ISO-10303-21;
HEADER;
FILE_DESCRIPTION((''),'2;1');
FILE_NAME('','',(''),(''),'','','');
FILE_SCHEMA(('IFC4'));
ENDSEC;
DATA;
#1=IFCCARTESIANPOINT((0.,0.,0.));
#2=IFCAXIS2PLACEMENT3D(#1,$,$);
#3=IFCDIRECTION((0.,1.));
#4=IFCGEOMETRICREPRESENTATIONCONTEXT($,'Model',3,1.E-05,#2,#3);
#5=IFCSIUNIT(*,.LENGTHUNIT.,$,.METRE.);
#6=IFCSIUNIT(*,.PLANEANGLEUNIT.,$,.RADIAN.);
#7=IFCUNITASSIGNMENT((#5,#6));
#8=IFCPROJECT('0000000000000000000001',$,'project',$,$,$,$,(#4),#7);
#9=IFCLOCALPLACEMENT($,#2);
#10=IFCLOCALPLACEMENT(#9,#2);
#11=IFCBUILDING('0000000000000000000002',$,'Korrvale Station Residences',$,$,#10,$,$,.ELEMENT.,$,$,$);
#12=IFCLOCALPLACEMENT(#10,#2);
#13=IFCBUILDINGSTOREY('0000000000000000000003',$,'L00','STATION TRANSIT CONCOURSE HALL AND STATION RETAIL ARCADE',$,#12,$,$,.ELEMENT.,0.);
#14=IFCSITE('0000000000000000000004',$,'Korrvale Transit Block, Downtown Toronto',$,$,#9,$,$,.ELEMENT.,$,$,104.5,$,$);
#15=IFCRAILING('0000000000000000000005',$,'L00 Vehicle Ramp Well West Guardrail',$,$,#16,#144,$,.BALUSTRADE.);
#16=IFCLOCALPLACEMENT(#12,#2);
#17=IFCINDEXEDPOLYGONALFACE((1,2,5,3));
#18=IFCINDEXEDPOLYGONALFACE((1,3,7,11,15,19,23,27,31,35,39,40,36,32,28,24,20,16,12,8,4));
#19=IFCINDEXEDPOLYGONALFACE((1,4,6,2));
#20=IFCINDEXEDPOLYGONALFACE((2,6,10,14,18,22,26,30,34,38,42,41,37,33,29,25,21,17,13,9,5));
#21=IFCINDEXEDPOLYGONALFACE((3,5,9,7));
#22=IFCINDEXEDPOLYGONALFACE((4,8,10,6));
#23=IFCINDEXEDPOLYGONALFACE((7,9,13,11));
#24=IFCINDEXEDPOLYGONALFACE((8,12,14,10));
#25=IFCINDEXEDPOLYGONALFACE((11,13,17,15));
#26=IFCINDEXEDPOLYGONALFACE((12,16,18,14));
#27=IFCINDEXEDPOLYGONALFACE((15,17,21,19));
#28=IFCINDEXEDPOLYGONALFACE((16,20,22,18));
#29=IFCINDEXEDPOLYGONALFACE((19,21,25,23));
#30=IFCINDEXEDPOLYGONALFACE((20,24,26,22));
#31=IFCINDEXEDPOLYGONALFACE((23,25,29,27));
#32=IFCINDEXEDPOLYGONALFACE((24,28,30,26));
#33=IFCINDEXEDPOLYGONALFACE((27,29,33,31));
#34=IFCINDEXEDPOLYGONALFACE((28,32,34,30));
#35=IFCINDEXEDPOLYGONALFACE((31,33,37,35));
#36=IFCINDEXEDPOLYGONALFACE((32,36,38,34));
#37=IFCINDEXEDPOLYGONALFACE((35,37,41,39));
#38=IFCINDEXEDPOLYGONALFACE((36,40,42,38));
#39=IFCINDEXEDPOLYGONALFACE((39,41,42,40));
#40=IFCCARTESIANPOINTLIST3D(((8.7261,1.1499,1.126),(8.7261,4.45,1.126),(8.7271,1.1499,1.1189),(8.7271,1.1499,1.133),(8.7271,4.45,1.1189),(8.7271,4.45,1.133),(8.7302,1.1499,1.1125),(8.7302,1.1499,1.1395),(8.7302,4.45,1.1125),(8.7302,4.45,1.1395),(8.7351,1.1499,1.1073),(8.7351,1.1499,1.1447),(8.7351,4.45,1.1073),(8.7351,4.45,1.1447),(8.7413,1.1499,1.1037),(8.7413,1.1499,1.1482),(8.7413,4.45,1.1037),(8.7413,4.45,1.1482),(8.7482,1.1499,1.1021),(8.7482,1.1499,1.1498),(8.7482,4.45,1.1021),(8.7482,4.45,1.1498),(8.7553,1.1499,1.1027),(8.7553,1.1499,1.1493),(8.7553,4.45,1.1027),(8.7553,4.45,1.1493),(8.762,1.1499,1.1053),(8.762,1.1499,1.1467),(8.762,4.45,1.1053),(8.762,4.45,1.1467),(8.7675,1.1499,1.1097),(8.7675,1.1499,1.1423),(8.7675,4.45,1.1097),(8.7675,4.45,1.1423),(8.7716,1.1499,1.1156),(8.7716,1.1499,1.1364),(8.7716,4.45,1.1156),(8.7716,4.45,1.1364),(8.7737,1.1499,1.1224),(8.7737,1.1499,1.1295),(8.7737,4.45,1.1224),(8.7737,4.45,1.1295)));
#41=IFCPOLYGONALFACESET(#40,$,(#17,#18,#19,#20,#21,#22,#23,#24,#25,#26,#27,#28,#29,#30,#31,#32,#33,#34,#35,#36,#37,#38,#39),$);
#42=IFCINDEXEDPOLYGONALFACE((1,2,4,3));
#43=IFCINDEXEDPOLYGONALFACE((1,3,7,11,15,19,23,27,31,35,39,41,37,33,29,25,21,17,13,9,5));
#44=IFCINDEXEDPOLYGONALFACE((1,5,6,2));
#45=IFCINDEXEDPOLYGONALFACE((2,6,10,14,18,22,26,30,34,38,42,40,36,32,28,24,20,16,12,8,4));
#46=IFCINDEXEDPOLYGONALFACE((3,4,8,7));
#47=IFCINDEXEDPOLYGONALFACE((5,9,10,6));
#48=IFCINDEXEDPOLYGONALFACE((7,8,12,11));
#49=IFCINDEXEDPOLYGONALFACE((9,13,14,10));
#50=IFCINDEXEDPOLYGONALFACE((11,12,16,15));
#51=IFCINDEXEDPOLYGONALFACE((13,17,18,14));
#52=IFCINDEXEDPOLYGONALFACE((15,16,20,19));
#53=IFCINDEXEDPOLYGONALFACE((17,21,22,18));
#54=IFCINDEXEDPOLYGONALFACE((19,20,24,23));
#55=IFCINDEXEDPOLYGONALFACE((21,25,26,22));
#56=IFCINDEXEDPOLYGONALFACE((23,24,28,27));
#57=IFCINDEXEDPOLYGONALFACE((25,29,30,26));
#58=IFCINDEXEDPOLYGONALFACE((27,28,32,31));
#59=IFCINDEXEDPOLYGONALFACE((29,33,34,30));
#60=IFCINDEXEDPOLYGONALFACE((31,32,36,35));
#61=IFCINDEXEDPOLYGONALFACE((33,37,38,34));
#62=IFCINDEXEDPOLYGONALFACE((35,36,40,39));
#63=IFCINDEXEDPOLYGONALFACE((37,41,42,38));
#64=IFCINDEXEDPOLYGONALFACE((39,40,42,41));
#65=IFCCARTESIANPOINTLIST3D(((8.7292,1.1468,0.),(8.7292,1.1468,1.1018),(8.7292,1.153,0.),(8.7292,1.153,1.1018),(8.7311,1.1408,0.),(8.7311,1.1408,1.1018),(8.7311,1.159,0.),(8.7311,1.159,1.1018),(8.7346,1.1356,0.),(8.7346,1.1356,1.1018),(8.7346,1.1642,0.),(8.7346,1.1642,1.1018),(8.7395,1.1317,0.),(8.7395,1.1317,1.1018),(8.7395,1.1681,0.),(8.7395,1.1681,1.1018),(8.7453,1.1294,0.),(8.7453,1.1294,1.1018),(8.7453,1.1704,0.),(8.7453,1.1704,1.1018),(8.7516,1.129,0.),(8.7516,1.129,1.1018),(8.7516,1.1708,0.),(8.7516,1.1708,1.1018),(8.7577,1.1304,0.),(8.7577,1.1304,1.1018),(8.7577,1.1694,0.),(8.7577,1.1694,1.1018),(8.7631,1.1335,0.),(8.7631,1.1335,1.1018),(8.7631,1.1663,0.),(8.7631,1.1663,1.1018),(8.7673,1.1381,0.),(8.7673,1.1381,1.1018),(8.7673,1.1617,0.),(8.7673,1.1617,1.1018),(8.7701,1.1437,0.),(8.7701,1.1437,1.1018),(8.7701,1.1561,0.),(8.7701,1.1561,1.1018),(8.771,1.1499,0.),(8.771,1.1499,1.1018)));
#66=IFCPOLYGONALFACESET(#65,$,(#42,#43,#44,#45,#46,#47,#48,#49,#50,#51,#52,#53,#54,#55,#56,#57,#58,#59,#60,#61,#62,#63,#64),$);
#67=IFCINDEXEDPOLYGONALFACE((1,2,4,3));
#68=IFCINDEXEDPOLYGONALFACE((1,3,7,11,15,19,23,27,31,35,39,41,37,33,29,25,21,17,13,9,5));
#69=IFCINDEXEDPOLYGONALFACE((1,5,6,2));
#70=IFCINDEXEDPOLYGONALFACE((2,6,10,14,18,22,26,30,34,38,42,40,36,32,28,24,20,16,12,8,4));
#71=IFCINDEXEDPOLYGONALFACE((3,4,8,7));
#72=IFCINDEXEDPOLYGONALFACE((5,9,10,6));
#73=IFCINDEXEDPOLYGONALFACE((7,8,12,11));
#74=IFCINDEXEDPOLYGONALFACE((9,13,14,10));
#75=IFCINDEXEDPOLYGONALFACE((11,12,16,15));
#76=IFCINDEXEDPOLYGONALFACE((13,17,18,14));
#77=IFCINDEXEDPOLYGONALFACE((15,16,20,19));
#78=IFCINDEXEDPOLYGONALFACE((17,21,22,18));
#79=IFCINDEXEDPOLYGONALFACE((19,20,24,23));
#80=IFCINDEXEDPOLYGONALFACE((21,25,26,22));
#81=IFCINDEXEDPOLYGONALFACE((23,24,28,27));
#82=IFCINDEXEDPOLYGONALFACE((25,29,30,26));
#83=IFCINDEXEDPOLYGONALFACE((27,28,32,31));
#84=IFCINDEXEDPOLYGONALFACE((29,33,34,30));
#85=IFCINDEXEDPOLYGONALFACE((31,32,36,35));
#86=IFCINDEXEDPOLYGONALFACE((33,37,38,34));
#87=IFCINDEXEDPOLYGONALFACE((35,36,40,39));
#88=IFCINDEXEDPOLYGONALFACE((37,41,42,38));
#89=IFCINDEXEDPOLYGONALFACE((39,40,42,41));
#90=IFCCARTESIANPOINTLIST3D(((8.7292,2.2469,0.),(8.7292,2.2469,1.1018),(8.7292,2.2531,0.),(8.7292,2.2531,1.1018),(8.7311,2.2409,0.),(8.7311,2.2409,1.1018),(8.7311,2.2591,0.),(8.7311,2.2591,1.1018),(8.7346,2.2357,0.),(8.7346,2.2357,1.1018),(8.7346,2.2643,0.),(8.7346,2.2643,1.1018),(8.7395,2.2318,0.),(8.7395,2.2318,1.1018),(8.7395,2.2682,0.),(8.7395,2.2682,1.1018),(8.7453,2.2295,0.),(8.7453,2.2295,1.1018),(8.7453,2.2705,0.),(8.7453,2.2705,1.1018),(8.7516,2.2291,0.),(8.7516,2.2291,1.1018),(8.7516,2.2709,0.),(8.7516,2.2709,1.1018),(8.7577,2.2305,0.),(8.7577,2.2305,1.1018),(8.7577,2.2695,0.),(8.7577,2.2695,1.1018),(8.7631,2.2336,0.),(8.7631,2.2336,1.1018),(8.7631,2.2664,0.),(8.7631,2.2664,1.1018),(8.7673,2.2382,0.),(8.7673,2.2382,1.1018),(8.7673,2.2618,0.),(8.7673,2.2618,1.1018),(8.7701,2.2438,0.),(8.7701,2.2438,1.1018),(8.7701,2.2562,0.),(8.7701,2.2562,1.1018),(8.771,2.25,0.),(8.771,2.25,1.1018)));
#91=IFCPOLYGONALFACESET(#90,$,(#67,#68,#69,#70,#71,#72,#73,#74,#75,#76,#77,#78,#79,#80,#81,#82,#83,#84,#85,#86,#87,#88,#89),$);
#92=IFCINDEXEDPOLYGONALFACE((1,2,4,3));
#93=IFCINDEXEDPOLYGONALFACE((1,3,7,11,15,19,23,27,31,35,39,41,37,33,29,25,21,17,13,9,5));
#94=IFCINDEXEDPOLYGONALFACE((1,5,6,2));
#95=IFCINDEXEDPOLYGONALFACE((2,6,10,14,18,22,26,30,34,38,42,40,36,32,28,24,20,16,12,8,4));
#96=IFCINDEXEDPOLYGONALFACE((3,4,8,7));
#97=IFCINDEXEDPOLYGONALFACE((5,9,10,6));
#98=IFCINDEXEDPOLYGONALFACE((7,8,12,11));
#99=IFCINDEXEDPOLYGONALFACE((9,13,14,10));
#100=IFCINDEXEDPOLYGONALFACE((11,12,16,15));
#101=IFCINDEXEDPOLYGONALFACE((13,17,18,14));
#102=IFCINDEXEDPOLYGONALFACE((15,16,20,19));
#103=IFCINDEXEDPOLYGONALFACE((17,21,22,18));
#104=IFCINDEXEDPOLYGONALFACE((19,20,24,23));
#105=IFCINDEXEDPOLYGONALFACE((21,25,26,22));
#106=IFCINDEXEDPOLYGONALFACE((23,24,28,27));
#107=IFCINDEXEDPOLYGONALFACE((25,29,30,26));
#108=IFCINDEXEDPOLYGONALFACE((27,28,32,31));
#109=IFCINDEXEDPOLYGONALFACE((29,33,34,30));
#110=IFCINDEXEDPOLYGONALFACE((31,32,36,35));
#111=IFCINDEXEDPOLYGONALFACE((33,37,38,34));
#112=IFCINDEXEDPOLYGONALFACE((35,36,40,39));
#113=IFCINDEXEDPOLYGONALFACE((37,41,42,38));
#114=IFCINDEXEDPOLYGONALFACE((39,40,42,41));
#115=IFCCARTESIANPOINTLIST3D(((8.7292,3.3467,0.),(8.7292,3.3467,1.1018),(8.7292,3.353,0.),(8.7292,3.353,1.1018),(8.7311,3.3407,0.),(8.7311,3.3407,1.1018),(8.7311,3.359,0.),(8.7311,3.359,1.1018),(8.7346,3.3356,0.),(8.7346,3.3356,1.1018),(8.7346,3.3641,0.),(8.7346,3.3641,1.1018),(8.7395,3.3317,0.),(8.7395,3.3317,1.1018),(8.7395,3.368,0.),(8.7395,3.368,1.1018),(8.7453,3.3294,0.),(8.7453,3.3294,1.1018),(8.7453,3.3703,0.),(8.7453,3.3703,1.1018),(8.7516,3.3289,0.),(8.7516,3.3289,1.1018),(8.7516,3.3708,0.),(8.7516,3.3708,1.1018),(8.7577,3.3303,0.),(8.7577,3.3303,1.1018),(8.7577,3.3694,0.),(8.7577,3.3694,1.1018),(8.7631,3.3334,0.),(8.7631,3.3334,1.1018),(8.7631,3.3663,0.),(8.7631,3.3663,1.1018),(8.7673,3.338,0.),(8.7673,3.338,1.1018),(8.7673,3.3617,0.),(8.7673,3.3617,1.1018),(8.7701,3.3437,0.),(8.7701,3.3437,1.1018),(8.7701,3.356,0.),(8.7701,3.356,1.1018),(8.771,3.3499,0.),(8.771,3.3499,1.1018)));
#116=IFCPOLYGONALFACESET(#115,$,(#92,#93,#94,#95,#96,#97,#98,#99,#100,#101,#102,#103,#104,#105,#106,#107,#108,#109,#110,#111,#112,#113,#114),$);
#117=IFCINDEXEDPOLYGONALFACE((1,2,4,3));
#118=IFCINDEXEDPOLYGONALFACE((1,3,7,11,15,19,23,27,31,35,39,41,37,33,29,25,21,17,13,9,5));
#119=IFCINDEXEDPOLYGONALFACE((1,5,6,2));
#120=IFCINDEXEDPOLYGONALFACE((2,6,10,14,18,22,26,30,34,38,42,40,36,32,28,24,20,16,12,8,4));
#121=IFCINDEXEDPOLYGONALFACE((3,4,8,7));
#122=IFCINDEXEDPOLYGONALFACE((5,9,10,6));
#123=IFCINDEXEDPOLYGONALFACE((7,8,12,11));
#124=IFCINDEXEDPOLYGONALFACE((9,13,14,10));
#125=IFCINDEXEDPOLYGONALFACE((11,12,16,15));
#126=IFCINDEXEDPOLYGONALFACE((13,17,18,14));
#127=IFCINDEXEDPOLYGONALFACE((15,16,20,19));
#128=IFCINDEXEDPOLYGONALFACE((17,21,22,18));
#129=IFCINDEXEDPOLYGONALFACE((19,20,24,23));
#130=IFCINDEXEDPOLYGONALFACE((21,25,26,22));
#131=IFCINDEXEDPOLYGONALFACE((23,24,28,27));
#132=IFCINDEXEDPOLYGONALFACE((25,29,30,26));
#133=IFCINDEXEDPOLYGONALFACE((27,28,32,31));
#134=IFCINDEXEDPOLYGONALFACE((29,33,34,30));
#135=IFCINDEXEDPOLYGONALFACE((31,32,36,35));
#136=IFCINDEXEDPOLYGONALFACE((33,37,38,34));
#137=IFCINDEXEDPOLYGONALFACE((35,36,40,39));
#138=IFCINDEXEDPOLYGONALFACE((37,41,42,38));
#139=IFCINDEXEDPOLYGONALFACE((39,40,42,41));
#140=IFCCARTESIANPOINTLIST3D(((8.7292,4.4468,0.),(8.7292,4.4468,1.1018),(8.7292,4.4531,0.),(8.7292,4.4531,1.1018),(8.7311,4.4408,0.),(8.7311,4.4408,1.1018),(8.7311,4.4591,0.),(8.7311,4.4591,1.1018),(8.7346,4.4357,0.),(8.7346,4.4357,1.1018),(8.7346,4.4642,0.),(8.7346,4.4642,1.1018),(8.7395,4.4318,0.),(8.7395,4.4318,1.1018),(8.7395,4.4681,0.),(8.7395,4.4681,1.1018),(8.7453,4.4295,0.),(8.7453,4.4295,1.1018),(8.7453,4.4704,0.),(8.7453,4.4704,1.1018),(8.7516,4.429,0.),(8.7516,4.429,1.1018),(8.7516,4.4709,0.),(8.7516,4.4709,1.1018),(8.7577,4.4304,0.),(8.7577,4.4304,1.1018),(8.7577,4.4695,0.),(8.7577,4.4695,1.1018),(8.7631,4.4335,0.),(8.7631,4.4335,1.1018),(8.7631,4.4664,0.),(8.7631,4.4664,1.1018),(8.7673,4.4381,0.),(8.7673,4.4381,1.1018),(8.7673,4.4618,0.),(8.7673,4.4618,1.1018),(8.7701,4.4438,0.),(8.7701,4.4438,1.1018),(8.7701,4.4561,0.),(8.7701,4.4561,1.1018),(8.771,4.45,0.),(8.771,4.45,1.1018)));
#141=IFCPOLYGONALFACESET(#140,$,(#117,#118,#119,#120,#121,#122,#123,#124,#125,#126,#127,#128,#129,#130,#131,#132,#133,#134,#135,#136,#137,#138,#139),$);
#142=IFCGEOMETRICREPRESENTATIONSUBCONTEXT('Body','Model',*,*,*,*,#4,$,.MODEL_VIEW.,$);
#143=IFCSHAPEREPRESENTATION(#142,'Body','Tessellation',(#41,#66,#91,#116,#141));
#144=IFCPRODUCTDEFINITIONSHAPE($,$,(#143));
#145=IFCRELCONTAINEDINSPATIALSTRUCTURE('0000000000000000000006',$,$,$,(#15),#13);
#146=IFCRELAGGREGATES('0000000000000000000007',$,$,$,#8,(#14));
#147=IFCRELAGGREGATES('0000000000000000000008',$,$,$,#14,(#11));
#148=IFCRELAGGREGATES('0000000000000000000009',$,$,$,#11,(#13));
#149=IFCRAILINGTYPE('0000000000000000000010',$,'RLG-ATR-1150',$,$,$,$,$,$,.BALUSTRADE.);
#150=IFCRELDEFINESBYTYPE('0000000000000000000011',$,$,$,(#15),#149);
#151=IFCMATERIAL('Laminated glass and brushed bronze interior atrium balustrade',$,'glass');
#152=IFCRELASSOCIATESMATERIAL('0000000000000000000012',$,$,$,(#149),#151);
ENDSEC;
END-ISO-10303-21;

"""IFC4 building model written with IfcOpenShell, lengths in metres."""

from ifc_helpers import new_model, si_unit, direction, frame, origin, origin_2d, place, context, subcontext, project, spatial, circle, extrude, material, type_object, element, save


model = new_model("IFC4")

# Units and contexts
model_context = context("Model", 3, precision=1e-05, world=origin(), true_north=direction((0.0, 1.0)))
body_context = subcontext(model_context, "Body", "Model", "MODEL_VIEW")
ifc_project = project(units=[si_unit("LENGTHUNIT", "METRE"), si_unit("PLANEANGLEUNIT", "RADIAN")], contexts=[model_context])

# Site, building, storey
site_placement = place(None, origin())
site = spatial("IfcSite", under=ifc_project, at=site_placement, Name="Korrvale Transit Block, Downtown Toronto", CompositionType="ELEMENT", RefElevation=104.5)
building_placement = place(site_placement, origin())
building = spatial("IfcBuilding", under=site, at=building_placement, Name="Korrvale Station Residences", CompositionType="ELEMENT")
storey_placement = place(building_placement, origin())
storey = spatial("IfcBuildingStorey", under=building, at=storey_placement, Name="L00", Description="STATION TRANSIT CONCOURSE HALL AND STATION RETAIL ARCADE", CompositionType="ELEMENT", Elevation=0.0)

# Railing
ifc_material_1 = material(Name="Laminated glass and brushed bronze interior atrium balustrade", Category="glass")
railing_type = type_object("IfcRailingType", Name="RLG-ATR-1150", PredefinedType="BALUSTRADE", material=ifc_material_1)
railing_1_placement = place(storey_placement, frame((8.75, 1.1499, 0.0)))
element("IfcRailing", 1, at=railing_1_placement, inside=storey, type_object=railing_type, Name="L00 Vehicle Ramp Well West Guardrail", PredefinedType="BALUSTRADE", context=body_context, shape_type="SweptSolid", body=[
    extrude(circle(Radius=0.0239, at=origin_2d()), frame((0.0, 0.0, 1.126), z_axis=(0.0, 1.0, 0.0), x_axis=(-1.0, 0.0, 0.0)), (0.0, 0.0, 1.0), 3.3),
    extrude(circle(Radius=0.021, at=origin_2d()), origin(), (0.0, 0.0, 1.0), 1.1018),
    extrude(circle(Radius=0.021, at=origin_2d()), frame((0.0, 1.1001, 0.0)), (0.0, 0.0, 1.0), 1.1018),
    extrude(circle(Radius=0.021, at=origin_2d()), frame((0.0, 2.2, 0.0)), (0.0, 0.0, 1.0), 1.1018),
    extrude(circle(Radius=0.021, at=origin_2d()), frame((0.0, 3.3, 0.0)), (0.0, 0.0, 1.0), 1.1018),
])

save(model, "model.ifc")
